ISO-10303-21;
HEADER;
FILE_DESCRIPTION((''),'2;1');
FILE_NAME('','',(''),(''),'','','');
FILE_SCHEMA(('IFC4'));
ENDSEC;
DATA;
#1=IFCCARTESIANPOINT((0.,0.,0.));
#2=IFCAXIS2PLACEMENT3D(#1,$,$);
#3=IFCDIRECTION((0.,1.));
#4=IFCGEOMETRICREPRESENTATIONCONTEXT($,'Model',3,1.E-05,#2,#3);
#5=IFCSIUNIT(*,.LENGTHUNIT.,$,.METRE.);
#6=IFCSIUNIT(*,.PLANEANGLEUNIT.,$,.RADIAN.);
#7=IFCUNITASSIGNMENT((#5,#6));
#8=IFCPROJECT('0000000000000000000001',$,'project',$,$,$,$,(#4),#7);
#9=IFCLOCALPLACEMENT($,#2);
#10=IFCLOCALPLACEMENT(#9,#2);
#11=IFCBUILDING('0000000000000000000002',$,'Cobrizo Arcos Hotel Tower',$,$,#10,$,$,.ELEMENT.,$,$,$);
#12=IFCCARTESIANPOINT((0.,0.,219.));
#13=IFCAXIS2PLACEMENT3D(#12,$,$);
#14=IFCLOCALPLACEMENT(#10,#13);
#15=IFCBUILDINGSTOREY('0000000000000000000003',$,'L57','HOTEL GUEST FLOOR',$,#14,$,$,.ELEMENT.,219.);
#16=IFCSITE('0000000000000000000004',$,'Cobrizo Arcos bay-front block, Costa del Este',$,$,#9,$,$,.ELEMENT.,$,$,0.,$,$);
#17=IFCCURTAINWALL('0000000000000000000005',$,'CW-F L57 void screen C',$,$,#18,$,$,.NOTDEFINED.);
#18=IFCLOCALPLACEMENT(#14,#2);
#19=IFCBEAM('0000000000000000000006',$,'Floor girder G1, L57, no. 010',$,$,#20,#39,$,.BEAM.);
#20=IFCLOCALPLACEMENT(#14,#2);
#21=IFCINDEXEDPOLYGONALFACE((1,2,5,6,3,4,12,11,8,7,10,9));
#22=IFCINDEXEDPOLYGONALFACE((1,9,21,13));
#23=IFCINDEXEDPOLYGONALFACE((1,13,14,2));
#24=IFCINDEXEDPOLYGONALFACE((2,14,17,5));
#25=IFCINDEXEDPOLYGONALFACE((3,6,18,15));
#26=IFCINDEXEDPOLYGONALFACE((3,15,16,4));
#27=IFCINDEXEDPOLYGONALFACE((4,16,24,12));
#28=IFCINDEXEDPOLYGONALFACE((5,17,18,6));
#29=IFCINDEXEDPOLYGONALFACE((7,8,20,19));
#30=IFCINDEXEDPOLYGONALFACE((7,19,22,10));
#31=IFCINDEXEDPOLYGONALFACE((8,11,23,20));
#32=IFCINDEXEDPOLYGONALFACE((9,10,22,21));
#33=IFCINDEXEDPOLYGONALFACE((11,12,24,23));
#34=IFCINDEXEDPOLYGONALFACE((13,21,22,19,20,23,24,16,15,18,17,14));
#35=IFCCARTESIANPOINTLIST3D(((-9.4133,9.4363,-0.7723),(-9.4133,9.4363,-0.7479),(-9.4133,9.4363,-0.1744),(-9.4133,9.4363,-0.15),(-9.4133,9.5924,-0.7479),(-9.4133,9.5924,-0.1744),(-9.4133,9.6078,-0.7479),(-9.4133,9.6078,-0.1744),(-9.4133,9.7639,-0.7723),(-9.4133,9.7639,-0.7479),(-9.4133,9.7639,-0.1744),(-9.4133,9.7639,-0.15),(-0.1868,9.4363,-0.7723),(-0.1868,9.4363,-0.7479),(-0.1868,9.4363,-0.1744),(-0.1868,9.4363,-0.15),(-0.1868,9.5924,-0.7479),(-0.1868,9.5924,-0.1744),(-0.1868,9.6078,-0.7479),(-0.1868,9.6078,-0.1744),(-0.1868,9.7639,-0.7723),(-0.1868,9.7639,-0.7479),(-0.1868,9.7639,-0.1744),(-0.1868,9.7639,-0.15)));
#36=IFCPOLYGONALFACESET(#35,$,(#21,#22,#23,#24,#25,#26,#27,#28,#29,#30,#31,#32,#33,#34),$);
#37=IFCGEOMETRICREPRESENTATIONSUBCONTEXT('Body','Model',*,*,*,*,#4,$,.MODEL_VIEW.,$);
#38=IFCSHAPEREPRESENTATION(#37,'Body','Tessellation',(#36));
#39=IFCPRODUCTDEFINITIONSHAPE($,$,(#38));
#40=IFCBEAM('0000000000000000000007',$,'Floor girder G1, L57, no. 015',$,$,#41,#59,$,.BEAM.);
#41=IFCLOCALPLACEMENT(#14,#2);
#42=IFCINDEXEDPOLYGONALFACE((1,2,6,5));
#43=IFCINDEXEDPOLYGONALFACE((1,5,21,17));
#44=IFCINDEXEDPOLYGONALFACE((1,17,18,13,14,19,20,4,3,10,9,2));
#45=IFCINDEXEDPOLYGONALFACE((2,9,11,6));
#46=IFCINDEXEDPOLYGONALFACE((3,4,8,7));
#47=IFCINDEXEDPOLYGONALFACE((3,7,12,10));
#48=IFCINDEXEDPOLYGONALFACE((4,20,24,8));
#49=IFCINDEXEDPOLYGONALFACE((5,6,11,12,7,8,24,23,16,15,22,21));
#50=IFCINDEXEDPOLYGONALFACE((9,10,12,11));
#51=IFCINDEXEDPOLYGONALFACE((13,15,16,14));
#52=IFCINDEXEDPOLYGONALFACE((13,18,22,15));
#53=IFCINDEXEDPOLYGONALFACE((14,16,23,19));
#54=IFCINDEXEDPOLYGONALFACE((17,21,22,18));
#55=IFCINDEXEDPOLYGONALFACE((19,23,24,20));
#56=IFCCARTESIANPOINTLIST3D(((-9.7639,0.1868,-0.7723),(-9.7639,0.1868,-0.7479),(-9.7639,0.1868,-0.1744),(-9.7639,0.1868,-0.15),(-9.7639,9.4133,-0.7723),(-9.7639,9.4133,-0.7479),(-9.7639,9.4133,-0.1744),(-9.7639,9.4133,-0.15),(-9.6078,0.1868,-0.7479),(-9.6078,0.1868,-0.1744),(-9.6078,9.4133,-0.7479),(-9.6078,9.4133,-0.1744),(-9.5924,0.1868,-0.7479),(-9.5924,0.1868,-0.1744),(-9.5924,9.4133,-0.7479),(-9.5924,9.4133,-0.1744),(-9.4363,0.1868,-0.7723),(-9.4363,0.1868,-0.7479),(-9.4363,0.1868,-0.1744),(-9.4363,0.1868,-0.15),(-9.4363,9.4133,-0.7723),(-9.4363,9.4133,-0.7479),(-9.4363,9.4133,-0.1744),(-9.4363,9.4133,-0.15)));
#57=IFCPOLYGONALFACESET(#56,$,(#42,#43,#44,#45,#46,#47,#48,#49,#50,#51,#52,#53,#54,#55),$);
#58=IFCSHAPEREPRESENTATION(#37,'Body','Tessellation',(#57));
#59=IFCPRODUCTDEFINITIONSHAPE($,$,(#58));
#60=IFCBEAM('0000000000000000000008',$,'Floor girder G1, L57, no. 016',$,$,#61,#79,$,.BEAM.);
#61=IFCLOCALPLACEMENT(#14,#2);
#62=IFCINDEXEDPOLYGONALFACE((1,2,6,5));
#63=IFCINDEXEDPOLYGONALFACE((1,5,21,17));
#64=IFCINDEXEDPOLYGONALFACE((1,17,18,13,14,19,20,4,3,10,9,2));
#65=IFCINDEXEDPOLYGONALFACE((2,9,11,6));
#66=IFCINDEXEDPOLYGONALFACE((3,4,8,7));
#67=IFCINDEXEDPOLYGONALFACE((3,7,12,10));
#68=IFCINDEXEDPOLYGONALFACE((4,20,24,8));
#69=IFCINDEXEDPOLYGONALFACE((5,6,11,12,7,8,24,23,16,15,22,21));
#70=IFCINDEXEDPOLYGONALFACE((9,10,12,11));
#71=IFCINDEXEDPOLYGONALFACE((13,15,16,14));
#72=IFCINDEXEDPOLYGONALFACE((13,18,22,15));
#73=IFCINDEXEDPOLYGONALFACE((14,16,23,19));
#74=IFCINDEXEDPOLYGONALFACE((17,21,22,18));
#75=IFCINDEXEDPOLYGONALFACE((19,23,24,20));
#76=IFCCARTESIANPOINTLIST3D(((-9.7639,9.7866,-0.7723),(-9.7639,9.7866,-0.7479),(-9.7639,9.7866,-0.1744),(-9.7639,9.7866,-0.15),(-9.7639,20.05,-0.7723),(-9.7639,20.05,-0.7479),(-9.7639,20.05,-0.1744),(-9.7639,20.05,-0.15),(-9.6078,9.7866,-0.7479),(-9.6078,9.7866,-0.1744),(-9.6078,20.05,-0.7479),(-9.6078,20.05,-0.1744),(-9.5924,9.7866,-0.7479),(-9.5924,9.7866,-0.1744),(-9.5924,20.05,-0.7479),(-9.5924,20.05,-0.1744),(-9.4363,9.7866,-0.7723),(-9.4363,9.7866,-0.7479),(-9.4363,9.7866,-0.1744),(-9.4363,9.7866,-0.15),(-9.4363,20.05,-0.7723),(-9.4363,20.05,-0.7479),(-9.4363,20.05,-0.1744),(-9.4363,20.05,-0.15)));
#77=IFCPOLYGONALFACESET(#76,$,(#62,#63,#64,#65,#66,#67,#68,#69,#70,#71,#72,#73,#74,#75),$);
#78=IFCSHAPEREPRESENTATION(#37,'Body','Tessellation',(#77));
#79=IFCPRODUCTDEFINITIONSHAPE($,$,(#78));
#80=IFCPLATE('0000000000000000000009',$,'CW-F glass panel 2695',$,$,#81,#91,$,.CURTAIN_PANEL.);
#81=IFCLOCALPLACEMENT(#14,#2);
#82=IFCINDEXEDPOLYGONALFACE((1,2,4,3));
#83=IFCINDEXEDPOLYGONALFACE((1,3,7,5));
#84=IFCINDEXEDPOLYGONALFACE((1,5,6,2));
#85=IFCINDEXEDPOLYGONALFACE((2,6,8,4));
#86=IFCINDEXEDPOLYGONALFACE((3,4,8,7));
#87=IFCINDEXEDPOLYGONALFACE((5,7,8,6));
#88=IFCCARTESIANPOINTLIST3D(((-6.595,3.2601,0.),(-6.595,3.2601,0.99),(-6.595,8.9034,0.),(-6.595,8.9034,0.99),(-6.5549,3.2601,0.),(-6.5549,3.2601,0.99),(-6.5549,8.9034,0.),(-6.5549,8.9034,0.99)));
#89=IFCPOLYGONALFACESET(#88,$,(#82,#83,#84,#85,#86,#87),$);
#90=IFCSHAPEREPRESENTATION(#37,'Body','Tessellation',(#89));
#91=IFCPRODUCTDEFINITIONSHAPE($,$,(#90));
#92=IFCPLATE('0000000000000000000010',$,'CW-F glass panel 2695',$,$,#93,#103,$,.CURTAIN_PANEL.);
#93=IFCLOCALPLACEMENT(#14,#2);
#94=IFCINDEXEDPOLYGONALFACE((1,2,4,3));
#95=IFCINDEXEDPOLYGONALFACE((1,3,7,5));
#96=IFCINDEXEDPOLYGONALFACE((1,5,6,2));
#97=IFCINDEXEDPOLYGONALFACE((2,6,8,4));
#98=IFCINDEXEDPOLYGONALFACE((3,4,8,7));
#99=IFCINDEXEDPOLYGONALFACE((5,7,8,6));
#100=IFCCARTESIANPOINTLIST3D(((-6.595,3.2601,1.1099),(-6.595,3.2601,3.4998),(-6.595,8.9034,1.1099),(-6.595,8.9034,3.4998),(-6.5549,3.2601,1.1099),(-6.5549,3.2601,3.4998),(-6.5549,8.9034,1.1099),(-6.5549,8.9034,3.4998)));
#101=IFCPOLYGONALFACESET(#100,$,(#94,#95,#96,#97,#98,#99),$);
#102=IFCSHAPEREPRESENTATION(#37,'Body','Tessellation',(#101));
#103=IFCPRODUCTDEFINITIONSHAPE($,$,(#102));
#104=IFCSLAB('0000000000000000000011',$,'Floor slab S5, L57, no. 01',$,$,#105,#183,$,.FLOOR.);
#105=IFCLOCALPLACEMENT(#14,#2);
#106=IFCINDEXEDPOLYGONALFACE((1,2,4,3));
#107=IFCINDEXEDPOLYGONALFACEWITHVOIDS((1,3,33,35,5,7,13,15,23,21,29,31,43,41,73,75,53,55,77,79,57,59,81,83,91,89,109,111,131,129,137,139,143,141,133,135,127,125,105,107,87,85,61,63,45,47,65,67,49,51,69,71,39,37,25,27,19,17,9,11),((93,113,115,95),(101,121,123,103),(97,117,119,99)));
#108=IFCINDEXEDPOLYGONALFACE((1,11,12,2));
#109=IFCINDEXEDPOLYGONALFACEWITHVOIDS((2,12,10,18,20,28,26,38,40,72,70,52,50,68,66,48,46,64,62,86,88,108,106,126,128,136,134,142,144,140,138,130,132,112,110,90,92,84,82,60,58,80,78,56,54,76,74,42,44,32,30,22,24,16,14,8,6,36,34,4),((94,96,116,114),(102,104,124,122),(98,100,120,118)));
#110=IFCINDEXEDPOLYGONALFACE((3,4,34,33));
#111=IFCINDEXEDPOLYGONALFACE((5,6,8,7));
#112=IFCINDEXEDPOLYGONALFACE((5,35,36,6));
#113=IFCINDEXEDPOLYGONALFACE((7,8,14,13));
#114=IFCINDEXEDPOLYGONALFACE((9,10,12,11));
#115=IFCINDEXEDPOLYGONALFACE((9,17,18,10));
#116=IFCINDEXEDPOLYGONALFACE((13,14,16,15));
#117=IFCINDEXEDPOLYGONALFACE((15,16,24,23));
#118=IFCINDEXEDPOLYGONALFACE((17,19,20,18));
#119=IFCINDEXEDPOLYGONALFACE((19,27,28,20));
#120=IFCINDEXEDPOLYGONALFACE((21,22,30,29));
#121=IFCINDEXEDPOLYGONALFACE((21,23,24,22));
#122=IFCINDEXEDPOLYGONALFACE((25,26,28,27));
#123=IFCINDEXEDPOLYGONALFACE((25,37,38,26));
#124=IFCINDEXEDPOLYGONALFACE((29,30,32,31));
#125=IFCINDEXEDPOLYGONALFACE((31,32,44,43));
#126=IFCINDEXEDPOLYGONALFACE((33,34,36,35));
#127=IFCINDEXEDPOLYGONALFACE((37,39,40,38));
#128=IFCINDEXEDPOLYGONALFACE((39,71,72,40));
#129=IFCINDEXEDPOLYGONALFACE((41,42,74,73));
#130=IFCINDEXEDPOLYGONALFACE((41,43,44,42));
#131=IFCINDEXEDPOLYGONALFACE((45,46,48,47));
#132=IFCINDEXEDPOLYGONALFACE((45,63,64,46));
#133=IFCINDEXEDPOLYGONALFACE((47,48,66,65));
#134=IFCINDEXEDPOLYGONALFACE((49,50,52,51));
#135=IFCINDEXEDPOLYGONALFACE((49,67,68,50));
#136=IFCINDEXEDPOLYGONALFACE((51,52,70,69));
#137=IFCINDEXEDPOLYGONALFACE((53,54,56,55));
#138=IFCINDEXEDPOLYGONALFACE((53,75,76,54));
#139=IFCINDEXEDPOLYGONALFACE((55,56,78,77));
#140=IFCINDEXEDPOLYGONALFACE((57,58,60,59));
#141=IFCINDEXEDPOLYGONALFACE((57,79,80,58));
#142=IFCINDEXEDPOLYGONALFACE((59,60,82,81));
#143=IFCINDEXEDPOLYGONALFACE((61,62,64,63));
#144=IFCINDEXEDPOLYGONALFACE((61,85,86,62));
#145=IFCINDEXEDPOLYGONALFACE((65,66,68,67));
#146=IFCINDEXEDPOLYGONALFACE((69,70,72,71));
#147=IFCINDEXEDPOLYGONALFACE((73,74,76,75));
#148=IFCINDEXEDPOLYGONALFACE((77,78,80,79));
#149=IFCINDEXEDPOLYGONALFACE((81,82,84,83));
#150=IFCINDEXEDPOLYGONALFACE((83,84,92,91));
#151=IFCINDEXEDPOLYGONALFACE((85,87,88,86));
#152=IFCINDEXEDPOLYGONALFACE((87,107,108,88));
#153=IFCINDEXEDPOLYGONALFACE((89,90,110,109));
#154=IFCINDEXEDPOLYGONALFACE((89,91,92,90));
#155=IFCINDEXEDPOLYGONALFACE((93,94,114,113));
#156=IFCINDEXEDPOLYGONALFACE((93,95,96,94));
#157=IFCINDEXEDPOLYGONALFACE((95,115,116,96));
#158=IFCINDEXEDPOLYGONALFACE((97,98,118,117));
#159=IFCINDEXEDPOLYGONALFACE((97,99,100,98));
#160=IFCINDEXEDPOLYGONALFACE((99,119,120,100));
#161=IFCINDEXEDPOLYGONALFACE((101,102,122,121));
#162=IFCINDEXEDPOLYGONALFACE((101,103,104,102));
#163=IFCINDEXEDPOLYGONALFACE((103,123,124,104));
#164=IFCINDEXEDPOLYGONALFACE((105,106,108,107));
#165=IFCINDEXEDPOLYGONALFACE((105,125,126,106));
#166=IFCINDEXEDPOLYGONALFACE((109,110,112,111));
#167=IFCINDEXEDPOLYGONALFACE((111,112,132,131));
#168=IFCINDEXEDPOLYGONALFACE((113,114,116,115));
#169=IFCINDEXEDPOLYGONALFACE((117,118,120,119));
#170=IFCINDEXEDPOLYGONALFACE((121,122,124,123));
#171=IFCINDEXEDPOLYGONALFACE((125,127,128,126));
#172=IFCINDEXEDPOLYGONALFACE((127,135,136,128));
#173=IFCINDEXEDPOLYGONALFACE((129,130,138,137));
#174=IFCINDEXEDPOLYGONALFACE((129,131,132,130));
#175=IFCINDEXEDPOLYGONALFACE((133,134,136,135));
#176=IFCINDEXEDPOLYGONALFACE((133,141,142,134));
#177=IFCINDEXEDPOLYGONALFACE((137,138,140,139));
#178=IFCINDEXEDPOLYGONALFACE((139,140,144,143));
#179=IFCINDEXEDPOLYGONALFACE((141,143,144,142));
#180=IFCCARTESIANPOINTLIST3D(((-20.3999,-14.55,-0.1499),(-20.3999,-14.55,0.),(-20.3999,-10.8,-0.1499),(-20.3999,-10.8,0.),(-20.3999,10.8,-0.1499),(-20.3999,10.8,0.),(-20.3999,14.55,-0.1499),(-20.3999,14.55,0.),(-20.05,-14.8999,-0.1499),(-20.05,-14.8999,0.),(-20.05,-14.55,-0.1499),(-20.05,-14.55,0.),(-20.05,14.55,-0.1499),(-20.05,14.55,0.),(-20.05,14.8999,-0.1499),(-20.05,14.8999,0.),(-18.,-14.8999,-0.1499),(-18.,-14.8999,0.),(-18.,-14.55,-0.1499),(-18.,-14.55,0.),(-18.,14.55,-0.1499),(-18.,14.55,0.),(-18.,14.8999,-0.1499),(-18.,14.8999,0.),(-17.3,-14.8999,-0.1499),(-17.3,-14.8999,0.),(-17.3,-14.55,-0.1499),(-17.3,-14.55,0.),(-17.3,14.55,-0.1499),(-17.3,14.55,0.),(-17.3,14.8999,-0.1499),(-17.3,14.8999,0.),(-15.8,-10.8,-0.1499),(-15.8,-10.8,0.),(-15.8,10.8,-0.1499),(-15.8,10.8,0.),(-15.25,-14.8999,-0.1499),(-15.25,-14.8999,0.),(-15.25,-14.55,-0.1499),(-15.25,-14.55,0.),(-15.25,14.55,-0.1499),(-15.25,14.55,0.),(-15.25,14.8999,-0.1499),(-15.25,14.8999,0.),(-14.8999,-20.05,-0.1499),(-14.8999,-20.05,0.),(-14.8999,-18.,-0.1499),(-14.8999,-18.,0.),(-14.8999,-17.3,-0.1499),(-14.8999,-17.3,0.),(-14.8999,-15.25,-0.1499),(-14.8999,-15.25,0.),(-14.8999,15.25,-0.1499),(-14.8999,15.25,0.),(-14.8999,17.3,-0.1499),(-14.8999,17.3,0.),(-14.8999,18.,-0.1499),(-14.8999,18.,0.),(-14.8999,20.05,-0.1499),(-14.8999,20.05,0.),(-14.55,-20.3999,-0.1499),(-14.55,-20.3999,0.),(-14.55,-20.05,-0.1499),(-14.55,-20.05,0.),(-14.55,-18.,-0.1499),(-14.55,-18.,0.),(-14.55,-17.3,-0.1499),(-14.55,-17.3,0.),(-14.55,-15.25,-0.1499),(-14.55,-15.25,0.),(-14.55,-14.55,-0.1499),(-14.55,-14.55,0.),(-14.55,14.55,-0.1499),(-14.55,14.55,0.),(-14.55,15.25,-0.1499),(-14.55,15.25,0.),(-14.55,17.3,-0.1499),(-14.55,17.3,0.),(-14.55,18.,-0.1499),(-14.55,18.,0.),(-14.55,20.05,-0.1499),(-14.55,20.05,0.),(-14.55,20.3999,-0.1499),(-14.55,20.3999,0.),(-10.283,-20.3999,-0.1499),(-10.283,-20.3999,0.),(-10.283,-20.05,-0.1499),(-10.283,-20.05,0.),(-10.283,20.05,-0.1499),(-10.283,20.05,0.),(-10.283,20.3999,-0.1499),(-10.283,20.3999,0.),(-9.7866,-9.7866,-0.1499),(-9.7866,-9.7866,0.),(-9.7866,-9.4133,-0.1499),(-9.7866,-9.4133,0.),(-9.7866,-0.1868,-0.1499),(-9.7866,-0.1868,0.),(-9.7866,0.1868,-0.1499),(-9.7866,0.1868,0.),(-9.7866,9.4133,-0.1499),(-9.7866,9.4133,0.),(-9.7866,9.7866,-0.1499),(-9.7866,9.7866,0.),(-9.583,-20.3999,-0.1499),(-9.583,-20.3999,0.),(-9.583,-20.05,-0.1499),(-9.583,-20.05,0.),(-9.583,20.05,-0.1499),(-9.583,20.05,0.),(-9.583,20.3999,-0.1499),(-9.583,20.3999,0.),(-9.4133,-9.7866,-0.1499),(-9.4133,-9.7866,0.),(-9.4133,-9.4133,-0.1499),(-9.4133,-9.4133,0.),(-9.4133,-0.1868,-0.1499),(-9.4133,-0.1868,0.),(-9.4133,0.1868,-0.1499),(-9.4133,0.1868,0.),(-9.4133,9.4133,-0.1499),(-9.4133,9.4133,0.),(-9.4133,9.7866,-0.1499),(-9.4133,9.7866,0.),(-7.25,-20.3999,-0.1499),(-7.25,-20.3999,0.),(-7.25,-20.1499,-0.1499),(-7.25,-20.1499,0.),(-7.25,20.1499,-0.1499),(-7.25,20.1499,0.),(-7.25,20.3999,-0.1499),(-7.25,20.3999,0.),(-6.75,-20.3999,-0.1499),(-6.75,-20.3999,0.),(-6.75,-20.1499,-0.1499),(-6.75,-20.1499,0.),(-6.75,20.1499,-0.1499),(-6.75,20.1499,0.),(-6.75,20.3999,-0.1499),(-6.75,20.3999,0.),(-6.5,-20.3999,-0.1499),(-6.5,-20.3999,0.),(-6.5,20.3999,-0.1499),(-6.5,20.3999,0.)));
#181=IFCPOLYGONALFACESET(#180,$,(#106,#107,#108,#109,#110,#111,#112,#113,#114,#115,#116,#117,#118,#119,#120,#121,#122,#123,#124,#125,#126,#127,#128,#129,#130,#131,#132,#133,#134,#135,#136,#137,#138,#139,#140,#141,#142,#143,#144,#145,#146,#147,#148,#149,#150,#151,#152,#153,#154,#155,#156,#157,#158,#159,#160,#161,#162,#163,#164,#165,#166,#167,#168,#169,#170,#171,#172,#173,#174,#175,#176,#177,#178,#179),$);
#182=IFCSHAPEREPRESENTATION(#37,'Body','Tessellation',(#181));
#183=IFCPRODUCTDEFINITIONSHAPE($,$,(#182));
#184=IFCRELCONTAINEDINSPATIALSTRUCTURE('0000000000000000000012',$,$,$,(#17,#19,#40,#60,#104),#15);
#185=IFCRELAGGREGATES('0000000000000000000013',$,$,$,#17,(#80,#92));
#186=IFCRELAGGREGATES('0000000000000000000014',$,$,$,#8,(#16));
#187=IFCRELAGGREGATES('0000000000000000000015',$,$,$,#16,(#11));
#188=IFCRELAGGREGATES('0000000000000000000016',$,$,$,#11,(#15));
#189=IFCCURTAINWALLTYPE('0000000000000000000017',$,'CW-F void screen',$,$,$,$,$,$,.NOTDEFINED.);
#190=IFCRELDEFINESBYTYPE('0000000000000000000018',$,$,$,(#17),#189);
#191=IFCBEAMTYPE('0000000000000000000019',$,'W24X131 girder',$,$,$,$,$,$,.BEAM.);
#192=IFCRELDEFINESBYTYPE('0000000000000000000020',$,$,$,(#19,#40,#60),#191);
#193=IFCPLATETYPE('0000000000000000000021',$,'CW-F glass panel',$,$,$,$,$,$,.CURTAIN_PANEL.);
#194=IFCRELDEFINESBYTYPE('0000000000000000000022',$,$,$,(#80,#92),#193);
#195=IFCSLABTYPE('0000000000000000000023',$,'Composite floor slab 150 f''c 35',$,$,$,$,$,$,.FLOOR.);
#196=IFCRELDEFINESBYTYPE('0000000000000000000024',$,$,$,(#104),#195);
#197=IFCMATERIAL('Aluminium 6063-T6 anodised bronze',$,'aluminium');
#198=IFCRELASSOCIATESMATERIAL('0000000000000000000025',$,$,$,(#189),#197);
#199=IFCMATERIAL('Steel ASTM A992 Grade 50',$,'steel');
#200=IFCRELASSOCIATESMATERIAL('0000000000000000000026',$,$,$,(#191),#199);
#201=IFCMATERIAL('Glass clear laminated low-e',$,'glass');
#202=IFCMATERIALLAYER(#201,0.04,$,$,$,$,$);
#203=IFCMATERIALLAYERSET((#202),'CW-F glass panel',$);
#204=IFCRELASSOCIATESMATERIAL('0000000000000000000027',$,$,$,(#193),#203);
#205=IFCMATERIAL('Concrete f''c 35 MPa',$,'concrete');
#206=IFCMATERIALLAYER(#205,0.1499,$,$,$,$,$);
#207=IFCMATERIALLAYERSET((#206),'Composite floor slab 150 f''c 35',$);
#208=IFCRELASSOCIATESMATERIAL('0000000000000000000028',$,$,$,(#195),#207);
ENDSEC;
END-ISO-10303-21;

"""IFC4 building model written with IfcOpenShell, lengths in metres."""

from ifc_helpers import new_model, si_unit, direction, frame, origin, origin_2d, place, context, subcontext, project, spatial, polyline, rectangle, i_section, outline, extrude, material, layer, layer_set, material_profile, profile_set, type_object, element, aggregate, save


model = new_model("IFC4")

# Units and contexts
model_context = context("Model", 3, precision=1e-05, world=origin(), true_north=direction((0.0, 1.0)))
body_context = subcontext(model_context, "Body", "Model", "MODEL_VIEW")
ifc_project = project(units=[si_unit("LENGTHUNIT", "METRE"), si_unit("PLANEANGLEUNIT", "RADIAN")], contexts=[model_context])

# Site, building, storey
site_placement = place(None, origin())
site = spatial("IfcSite", under=ifc_project, at=site_placement, Name="Cobrizo Arcos bay-front block, Costa del Este", CompositionType="ELEMENT", RefElevation=0.0)
building_placement = place(site_placement, origin())
building = spatial("IfcBuilding", under=site, at=building_placement, Name="Cobrizo Arcos Hotel Tower", CompositionType="ELEMENT")
storey_placement = place(building_placement, frame((0.0, 0.0, 219.0)))
storey = spatial("IfcBuildingStorey", under=building, at=storey_placement, Name="L57", Description="HOTEL GUEST FLOOR", CompositionType="ELEMENT", Elevation=219.0)

# Shared definitions
ifc_material_1 = material(Name="Steel ASTM A992 Grade 50", Category="steel")

# Curtain wall
ifc_material_2 = material(Name="Aluminium 6063-T6 anodised bronze", Category="aluminium")
curtain_wall_type = type_object("IfcCurtainWallType", Name="CW-F void screen", PredefinedType="NOTDEFINED", material=ifc_material_2)
curtain_wall_1_placement = place(storey_placement, origin())
curtain_wall_1 = element("IfcCurtainWall", 1, at=curtain_wall_1_placement, inside=storey, type_object=curtain_wall_type, Name="CW-F L57 void screen C", PredefinedType="NOTDEFINED")

# Beams
ifc_material_profile_1 = material_profile(ifc_material_1, i_section(OverallWidth=0.3276, OverallDepth=0.6223, WebThickness=0.0154, FlangeThickness=0.0244, at=origin_2d()), Name="W24X131")
ifc_profile_set_1 = profile_set([ifc_material_profile_1], Name="Steel ASTM A992 Grade 50")
beam_type_1 = type_object("IfcBeamType", Name="W24X131 girder", PredefinedType="BEAM", material=ifc_profile_set_1)
for number, where, z_axis, x_axis, name in (
    (2, (-9.4133, 9.6001, -0.4612), (1.0, 0.0, 0.0), (0.0, 1.0, 0.0), "Floor girder G1, L57, no. 010"),
    (3, (-9.6001, 0.1868, -0.4612), (0.0, 1.0, 0.0), (-1.0, 0.0, 0.0), "Floor girder G1, L57, no. 015"),
):
    element("IfcBeam", number, at=place(storey_placement, frame(where, z_axis=z_axis, x_axis=x_axis)), inside=storey, type_object=beam_type_1, Name=name, PredefinedType="BEAM", context=body_context, shape_type="SweptSolid", body=[
        extrude(i_section(OverallWidth=0.3276, OverallDepth=0.6223, WebThickness=0.0154, FlangeThickness=0.0244, at=origin_2d()), origin(), (0.0, 0.0, 1.0), 9.2266),
    ])
beam_1_placement = place(storey_placement, frame((-9.6001, 9.7866, -0.4612), z_axis=(0.0, 1.0, 0.0), x_axis=(-1.0, 0.0, 0.0)))
element("IfcBeam", 4, at=beam_1_placement, inside=storey, type_object=beam_type_1, Name="Floor girder G1, L57, no. 016", PredefinedType="BEAM", context=body_context, shape_type="SweptSolid", body=[
    extrude(i_section(OverallWidth=0.3276, OverallDepth=0.6223, WebThickness=0.0154, FlangeThickness=0.0244, at=origin_2d()), origin(), (0.0, 0.0, 1.0), 10.2634),
])

# Plates
ifc_material_3 = material(Name="Glass clear laminated low-e", Category="glass")
ifc_layer_1 = layer(ifc_material_3, 0.04)
ifc_layer_set_1 = layer_set([ifc_layer_1], Name="CW-F glass panel")
plate_type = type_object("IfcPlateType", Name="CW-F glass panel", PredefinedType="CURTAIN_PANEL", material=ifc_layer_set_1)
plate_1_placement = place(storey_placement, frame((-6.575, 6.0818, 0.0), z_axis=(0.0, 0.0, 1.0), x_axis=(0.0, -1.0, 0.0)))
plate_1 = element("IfcPlate", 5, at=plate_1_placement, type_object=plate_type, Name="CW-F glass panel 2695", PredefinedType="CURTAIN_PANEL", context=body_context, shape_type="SweptSolid", body=[
    extrude(rectangle(XDim=5.6433, YDim=0.04, at=origin_2d()), origin(), (0.0, 0.0, 1.0), 0.99),
])
plate_2_placement = place(storey_placement, frame((-6.575, 6.0818, 1.1099), z_axis=(0.0, 0.0, 1.0), x_axis=(0.0, -1.0, 0.0)))
plate_2 = element("IfcPlate", 6, at=plate_2_placement, type_object=plate_type, Name="CW-F glass panel 2695", PredefinedType="CURTAIN_PANEL", context=body_context, shape_type="SweptSolid", body=[
    extrude(rectangle(XDim=5.6433, YDim=0.04, at=origin_2d()), origin(), (0.0, 0.0, 1.0), 2.3899),
])
aggregate(curtain_wall_1, [plate_1, plate_2])

# Slab
ifc_material_4 = material(Name="Concrete f'c 35 MPa", Category="concrete")
ifc_layer_2 = layer(ifc_material_4, 0.1499)
ifc_layer_set_2 = layer_set([ifc_layer_2], Name="Composite floor slab 150 f'c 35")
slab_type_1 = type_object("IfcSlabType", Name="Composite floor slab 150 f'c 35", PredefinedType="FLOOR", material=ifc_layer_set_2)
slab_1_placement = place(storey_placement, frame((0.0, 0.0, -0.1499)))
element("IfcSlab", 7, at=slab_1_placement, inside=storey, type_object=slab_type_1, Name="Floor slab S5, L57, no. 01", PredefinedType="FLOOR", context=body_context, shape_type="SweptSolid", body=[
    extrude(outline(polyline([(-14.55, -20.05), (-14.8999, -20.05), (-14.8999, -18.0), (-14.55, -18.0), (-14.55, -17.3), (-14.8999, -17.3), (-14.8999, -15.25), (-14.55, -15.25), (-14.55, -14.55), (-15.25, -14.55), (-15.25, -14.8999), (-17.3, -14.8999), (-17.3, -14.55), (-18.0, -14.55), (-18.0, -14.8999), (-20.05, -14.8999), (-20.05, -14.55), (-20.3999, -14.55), (-20.3999, -10.8), (-15.8, -10.8), (-15.8, 10.8), (-20.3999, 10.8), (-20.3999, 14.55), (-20.05, 14.55), (-20.05, 14.8999), (-18.0, 14.8999), (-18.0, 14.55), (-17.3, 14.55), (-17.3, 14.8999), (-15.25, 14.8999), (-15.25, 14.55), (-14.55, 14.55), (-14.55, 15.25), (-14.8999, 15.25), (-14.8999, 17.3), (-14.55, 17.3), (-14.55, 18.0), (-14.8999, 18.0), (-14.8999, 20.05), (-14.55, 20.05), (-14.55, 20.3999), (-10.283, 20.3999), (-10.283, 20.05), (-9.583, 20.05), (-9.583, 20.3999), (-7.25, 20.3999), (-7.25, 20.1499), (-6.75, 20.1499), (-6.75, 20.3999), (-6.5, 20.3999), (-6.5, -20.3999), (-6.75, -20.3999), (-6.75, -20.1499), (-7.25, -20.1499), (-7.25, -20.3999), (-9.583, -20.3999), (-9.583, -20.05), (-10.283, -20.05), (-10.283, -20.3999), (-14.55, -20.3999), (-14.55, -20.05)]), holes=[polyline([(-9.4133, -9.7866), (-9.4133, -9.4133), (-9.7866, -9.4133), (-9.7866, -9.7866), (-9.4133, -9.7866)]), polyline([(-9.4133, 0.1868), (-9.7866, 0.1868), (-9.7866, -0.1868), (-9.4133, -0.1868), (-9.4133, 0.1868)]), polyline([(-9.4133, 9.7866), (-9.7866, 9.7866), (-9.7866, 9.4133), (-9.4133, 9.4133), (-9.4133, 9.7866)])]), origin(), (0.0, 0.0, 1.0), 0.1499),
])

save(model, "model.ifc")
